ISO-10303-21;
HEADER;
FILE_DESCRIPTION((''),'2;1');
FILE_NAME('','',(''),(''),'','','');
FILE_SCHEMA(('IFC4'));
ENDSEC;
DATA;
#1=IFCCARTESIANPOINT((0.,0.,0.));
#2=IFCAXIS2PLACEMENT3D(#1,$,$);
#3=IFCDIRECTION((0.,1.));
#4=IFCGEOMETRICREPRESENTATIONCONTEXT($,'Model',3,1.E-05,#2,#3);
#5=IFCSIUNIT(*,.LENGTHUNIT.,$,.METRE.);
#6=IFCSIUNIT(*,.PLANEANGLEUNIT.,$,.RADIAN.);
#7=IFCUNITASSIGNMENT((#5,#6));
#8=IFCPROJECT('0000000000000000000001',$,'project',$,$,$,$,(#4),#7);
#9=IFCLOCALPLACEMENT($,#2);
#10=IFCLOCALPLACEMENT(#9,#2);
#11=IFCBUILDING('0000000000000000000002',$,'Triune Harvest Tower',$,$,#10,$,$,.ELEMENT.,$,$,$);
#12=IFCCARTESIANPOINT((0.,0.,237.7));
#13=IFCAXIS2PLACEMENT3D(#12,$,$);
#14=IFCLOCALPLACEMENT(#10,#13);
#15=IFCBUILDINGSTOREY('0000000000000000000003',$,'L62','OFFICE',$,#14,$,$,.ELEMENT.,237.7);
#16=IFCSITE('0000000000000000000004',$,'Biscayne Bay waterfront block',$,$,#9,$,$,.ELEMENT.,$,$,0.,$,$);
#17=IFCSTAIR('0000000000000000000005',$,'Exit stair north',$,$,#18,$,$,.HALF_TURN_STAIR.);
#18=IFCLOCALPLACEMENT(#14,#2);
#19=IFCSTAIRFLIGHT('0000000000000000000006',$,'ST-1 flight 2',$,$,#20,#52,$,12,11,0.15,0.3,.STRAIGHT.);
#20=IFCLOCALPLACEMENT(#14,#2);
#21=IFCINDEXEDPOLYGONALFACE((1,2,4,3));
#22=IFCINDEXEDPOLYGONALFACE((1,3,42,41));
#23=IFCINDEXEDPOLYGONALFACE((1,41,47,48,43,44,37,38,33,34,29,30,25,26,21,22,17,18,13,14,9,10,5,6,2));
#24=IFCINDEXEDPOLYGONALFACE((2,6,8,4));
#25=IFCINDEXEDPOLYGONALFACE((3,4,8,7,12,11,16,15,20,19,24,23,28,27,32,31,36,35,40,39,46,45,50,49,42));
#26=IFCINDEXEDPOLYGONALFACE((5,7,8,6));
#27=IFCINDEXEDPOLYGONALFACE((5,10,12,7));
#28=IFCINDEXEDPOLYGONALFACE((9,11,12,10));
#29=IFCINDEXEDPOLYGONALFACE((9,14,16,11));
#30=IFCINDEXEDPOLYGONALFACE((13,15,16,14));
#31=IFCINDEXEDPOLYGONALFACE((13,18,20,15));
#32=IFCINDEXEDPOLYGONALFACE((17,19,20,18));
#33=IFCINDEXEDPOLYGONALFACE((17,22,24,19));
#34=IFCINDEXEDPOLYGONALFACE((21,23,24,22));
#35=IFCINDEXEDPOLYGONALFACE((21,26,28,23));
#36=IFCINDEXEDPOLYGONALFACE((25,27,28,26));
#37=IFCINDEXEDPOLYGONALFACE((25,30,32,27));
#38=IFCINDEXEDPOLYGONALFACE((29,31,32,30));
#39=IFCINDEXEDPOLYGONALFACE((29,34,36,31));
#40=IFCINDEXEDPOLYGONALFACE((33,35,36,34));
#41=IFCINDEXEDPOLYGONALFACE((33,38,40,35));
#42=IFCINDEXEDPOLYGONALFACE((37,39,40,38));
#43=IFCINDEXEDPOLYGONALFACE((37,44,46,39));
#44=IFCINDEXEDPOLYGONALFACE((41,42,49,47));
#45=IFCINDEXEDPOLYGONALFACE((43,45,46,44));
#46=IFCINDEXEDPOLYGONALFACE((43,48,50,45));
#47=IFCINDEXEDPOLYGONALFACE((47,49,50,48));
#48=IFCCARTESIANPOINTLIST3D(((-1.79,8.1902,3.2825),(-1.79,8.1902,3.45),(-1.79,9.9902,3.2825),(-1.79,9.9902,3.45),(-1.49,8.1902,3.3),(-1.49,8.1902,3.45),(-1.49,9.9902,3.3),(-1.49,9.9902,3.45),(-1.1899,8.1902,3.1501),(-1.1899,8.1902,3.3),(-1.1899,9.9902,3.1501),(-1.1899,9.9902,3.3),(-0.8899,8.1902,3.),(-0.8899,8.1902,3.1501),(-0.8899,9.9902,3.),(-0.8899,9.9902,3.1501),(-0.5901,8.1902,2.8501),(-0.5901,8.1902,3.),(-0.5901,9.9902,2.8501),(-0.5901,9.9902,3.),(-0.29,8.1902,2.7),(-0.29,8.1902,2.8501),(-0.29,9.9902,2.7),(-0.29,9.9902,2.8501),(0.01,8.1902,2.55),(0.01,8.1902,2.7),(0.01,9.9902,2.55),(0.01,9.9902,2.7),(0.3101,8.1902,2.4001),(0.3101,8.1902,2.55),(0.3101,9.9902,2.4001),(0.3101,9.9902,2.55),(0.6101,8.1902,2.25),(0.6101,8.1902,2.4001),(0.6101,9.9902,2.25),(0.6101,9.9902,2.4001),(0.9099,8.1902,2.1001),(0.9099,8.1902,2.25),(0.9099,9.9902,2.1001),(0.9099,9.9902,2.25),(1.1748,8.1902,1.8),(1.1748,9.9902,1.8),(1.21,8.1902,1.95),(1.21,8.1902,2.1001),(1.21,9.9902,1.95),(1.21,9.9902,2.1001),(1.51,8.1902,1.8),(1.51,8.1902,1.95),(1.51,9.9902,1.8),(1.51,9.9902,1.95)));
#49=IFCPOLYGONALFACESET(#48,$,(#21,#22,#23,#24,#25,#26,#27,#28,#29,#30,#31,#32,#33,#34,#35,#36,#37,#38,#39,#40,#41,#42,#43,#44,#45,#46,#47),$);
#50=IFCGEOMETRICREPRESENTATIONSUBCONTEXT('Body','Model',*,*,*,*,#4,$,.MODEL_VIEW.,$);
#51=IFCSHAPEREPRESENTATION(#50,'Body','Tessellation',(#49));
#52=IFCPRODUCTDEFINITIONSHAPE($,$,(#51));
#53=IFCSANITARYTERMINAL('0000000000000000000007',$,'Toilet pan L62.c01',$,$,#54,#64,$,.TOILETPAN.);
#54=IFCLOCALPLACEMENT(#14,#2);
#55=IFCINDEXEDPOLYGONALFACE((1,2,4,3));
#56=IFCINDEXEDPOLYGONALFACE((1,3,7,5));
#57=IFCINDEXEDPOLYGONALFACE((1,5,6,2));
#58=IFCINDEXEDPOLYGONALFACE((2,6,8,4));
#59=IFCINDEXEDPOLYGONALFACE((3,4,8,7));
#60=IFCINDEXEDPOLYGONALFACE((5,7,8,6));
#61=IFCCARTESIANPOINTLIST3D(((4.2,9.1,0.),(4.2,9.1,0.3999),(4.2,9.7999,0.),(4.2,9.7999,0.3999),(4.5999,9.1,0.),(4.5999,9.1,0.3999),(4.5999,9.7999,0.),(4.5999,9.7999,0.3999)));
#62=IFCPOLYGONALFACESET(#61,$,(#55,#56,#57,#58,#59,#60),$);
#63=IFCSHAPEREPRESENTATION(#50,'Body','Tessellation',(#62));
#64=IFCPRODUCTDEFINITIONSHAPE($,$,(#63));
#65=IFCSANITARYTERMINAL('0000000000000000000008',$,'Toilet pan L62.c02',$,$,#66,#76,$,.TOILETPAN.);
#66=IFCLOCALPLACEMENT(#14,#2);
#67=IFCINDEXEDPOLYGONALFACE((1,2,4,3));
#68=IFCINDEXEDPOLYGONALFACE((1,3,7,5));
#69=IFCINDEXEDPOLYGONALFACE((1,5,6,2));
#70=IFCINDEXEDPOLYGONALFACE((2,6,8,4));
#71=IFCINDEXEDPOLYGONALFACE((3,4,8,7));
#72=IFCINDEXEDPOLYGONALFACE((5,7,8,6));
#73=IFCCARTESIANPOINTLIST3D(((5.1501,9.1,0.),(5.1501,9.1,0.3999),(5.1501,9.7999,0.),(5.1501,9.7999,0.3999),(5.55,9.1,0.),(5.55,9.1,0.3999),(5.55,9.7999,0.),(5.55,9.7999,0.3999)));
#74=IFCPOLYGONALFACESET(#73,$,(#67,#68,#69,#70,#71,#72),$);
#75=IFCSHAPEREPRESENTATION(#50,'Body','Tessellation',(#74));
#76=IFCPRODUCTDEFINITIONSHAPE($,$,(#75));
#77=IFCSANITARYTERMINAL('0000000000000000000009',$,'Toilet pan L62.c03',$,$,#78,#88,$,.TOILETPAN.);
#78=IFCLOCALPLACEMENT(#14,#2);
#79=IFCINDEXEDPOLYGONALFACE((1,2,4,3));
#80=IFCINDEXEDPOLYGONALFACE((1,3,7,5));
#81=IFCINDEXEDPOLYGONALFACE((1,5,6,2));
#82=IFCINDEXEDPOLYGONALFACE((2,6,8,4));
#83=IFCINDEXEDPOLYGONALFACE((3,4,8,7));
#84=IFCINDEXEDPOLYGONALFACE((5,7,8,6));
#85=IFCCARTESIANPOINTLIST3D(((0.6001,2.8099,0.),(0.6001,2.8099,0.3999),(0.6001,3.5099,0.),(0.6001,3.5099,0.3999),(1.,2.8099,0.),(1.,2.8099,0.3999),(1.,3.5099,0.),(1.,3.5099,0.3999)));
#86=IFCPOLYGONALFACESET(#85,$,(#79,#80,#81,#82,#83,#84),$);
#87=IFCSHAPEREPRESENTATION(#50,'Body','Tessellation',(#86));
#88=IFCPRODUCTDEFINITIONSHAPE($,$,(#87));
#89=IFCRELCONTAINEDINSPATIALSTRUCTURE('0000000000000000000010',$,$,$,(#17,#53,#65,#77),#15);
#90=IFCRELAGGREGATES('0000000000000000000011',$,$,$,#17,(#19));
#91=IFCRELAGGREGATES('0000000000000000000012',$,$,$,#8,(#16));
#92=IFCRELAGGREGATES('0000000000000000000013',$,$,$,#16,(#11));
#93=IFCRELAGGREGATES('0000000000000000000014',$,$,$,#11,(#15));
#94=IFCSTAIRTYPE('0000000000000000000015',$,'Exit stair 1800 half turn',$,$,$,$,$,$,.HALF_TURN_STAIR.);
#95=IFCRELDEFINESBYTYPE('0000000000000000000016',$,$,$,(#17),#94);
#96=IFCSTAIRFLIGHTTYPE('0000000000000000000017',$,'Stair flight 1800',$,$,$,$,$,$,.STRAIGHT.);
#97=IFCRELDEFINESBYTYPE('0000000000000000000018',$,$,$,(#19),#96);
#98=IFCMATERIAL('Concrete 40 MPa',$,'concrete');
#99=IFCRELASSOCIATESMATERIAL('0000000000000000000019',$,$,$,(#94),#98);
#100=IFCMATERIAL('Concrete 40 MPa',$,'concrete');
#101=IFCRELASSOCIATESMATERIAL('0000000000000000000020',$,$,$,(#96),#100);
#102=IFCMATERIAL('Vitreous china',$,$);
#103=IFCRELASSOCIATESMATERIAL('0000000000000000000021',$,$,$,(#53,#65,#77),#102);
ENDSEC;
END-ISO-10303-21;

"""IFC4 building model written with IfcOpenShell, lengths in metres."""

from ifc_helpers import new_model, si_unit, direction, frame, origin, origin_2d, place, context, subcontext, project, spatial, polyline, rectangle, outline, extrude, source, transform, mapped, material, type_object, element, aggregate, save


model = new_model("IFC4")

# Units and contexts
model_context = context("Model", 3, precision=1e-05, world=origin(), true_north=direction((0.0, 1.0)))
body_context = subcontext(model_context, "Body", "Model", "MODEL_VIEW")
ifc_project = project(units=[si_unit("LENGTHUNIT", "METRE"), si_unit("PLANEANGLEUNIT", "RADIAN")], contexts=[model_context])

# Site, building, storey
site_placement = place(None, origin())
site = spatial("IfcSite", under=ifc_project, at=site_placement, Name="Biscayne Bay waterfront block", CompositionType="ELEMENT", RefElevation=0.0)
building_placement = place(site_placement, origin())
building = spatial("IfcBuilding", under=site, at=building_placement, Name="Triune Harvest Tower", CompositionType="ELEMENT")
storey_placement = place(building_placement, frame((0.0, 0.0, 237.7)))
storey = spatial("IfcBuildingStorey", under=building, at=storey_placement, Name="L62", Description="OFFICE", CompositionType="ELEMENT", Elevation=237.7)

# Stair
ifc_material_1 = material(Name="Concrete 40 MPa", Category="concrete")
stair_type = type_object("IfcStairType", Name="Exit stair 1800 half turn", PredefinedType="HALF_TURN_STAIR", material=ifc_material_1)
stair_1_placement = place(storey_placement, origin())
stair_1 = element("IfcStair", 1, at=stair_1_placement, inside=storey, type_object=stair_type, Name="Exit stair north", PredefinedType="HALF_TURN_STAIR")

# Stair flight
ifc_material_2 = material(Name="Concrete 40 MPa", Category="concrete")
stair_flight_type = type_object("IfcStairFlightType", Name="Stair flight 1800", PredefinedType="STRAIGHT", material=ifc_material_2)
shared_shape_1 = source(origin(), body_context, "Body", "SweptSolid", [
    extrude(outline(polyline([(0.0, 0.0), (0.0, 0.1499), (0.3, 0.1499), (0.3, 0.3), (0.6001, 0.3), (0.6001, 0.45), (0.8999, 0.45), (0.8999, 0.6001), (1.2, 0.6001), (1.2, 0.75), (1.5, 0.75), (1.5, 0.8999), (1.8, 0.8999), (1.8, 1.05), (2.1001, 1.05), (2.1001, 1.2), (2.3999, 1.2), (2.3999, 1.3501), (2.7, 1.3501), (2.7, 1.5), (3.0, 1.5), (3.0, 1.6499), (3.3, 1.6499), (3.3, 1.8), (3.3, 1.4824), (0.3352, 0.0), (0.0, 0.0)])), frame((0.0, 0.8999, 0.0), z_axis=(0.0, -1.0, 0.0), x_axis=(1.0, 0.0, 0.0)), (0.0, 0.0, 1.0), 1.8),
])
stair_flight_placement = place(storey_placement, frame((1.51, 9.0901, 1.8), z_axis=(0.0, 0.0, 1.0), x_axis=(-1.0, 0.0, 0.0)))
stair_flight = element("IfcStairFlight", 2, at=stair_flight_placement, type_object=stair_flight_type, Name="ST-1 flight 2", NumberOfRisers=12, NumberOfTreads=11, PredefinedType="STRAIGHT", RiserHeight=0.15, TreadLength=0.3, context=body_context, shape_type="MappedRepresentation", body=[
    mapped(shared_shape_1, transform((0.0, 0.0, 0.0), scale=1.0)),
])
aggregate(stair_1, [stair_flight])

# Sanitary terminals
ifc_material_3 = material(Name="Vitreous china")
shared_shape_2 = source(origin(), body_context, "Body", "SweptSolid", [
    extrude(rectangle(XDim=0.3999, YDim=0.7, at=origin_2d()), origin(), (0.0, 0.0, 1.0), 0.3999),
])
for number, where, z_axis, x_axis, name in (
    (3, (4.3999, 9.45, 0.0), (0.0, 0.0, 1.0), (1.0, 0.0, 0.0), "Toilet pan L62.c01"),
    (4, (5.3501, 9.45, 0.0), (0.0, 0.0, 1.0), (1.0, 0.0, 0.0), "Toilet pan L62.c02"),
    (5, (0.8, 3.1599, 0.0), (0.0, 0.0, 1.0), (-1.0, 0.0, 0.0), "Toilet pan L62.c03"),
):
    element("IfcSanitaryTerminal", number, at=place(storey_placement, frame(where, z_axis=z_axis, x_axis=x_axis)), inside=storey, material=ifc_material_3, Name=name, PredefinedType="TOILETPAN", context=body_context, shape_type="MappedRepresentation", body=[
        mapped(shared_shape_2, transform((0.0, 0.0, 0.0), scale=1.0)),
    ])

save(model, "model.ifc")
